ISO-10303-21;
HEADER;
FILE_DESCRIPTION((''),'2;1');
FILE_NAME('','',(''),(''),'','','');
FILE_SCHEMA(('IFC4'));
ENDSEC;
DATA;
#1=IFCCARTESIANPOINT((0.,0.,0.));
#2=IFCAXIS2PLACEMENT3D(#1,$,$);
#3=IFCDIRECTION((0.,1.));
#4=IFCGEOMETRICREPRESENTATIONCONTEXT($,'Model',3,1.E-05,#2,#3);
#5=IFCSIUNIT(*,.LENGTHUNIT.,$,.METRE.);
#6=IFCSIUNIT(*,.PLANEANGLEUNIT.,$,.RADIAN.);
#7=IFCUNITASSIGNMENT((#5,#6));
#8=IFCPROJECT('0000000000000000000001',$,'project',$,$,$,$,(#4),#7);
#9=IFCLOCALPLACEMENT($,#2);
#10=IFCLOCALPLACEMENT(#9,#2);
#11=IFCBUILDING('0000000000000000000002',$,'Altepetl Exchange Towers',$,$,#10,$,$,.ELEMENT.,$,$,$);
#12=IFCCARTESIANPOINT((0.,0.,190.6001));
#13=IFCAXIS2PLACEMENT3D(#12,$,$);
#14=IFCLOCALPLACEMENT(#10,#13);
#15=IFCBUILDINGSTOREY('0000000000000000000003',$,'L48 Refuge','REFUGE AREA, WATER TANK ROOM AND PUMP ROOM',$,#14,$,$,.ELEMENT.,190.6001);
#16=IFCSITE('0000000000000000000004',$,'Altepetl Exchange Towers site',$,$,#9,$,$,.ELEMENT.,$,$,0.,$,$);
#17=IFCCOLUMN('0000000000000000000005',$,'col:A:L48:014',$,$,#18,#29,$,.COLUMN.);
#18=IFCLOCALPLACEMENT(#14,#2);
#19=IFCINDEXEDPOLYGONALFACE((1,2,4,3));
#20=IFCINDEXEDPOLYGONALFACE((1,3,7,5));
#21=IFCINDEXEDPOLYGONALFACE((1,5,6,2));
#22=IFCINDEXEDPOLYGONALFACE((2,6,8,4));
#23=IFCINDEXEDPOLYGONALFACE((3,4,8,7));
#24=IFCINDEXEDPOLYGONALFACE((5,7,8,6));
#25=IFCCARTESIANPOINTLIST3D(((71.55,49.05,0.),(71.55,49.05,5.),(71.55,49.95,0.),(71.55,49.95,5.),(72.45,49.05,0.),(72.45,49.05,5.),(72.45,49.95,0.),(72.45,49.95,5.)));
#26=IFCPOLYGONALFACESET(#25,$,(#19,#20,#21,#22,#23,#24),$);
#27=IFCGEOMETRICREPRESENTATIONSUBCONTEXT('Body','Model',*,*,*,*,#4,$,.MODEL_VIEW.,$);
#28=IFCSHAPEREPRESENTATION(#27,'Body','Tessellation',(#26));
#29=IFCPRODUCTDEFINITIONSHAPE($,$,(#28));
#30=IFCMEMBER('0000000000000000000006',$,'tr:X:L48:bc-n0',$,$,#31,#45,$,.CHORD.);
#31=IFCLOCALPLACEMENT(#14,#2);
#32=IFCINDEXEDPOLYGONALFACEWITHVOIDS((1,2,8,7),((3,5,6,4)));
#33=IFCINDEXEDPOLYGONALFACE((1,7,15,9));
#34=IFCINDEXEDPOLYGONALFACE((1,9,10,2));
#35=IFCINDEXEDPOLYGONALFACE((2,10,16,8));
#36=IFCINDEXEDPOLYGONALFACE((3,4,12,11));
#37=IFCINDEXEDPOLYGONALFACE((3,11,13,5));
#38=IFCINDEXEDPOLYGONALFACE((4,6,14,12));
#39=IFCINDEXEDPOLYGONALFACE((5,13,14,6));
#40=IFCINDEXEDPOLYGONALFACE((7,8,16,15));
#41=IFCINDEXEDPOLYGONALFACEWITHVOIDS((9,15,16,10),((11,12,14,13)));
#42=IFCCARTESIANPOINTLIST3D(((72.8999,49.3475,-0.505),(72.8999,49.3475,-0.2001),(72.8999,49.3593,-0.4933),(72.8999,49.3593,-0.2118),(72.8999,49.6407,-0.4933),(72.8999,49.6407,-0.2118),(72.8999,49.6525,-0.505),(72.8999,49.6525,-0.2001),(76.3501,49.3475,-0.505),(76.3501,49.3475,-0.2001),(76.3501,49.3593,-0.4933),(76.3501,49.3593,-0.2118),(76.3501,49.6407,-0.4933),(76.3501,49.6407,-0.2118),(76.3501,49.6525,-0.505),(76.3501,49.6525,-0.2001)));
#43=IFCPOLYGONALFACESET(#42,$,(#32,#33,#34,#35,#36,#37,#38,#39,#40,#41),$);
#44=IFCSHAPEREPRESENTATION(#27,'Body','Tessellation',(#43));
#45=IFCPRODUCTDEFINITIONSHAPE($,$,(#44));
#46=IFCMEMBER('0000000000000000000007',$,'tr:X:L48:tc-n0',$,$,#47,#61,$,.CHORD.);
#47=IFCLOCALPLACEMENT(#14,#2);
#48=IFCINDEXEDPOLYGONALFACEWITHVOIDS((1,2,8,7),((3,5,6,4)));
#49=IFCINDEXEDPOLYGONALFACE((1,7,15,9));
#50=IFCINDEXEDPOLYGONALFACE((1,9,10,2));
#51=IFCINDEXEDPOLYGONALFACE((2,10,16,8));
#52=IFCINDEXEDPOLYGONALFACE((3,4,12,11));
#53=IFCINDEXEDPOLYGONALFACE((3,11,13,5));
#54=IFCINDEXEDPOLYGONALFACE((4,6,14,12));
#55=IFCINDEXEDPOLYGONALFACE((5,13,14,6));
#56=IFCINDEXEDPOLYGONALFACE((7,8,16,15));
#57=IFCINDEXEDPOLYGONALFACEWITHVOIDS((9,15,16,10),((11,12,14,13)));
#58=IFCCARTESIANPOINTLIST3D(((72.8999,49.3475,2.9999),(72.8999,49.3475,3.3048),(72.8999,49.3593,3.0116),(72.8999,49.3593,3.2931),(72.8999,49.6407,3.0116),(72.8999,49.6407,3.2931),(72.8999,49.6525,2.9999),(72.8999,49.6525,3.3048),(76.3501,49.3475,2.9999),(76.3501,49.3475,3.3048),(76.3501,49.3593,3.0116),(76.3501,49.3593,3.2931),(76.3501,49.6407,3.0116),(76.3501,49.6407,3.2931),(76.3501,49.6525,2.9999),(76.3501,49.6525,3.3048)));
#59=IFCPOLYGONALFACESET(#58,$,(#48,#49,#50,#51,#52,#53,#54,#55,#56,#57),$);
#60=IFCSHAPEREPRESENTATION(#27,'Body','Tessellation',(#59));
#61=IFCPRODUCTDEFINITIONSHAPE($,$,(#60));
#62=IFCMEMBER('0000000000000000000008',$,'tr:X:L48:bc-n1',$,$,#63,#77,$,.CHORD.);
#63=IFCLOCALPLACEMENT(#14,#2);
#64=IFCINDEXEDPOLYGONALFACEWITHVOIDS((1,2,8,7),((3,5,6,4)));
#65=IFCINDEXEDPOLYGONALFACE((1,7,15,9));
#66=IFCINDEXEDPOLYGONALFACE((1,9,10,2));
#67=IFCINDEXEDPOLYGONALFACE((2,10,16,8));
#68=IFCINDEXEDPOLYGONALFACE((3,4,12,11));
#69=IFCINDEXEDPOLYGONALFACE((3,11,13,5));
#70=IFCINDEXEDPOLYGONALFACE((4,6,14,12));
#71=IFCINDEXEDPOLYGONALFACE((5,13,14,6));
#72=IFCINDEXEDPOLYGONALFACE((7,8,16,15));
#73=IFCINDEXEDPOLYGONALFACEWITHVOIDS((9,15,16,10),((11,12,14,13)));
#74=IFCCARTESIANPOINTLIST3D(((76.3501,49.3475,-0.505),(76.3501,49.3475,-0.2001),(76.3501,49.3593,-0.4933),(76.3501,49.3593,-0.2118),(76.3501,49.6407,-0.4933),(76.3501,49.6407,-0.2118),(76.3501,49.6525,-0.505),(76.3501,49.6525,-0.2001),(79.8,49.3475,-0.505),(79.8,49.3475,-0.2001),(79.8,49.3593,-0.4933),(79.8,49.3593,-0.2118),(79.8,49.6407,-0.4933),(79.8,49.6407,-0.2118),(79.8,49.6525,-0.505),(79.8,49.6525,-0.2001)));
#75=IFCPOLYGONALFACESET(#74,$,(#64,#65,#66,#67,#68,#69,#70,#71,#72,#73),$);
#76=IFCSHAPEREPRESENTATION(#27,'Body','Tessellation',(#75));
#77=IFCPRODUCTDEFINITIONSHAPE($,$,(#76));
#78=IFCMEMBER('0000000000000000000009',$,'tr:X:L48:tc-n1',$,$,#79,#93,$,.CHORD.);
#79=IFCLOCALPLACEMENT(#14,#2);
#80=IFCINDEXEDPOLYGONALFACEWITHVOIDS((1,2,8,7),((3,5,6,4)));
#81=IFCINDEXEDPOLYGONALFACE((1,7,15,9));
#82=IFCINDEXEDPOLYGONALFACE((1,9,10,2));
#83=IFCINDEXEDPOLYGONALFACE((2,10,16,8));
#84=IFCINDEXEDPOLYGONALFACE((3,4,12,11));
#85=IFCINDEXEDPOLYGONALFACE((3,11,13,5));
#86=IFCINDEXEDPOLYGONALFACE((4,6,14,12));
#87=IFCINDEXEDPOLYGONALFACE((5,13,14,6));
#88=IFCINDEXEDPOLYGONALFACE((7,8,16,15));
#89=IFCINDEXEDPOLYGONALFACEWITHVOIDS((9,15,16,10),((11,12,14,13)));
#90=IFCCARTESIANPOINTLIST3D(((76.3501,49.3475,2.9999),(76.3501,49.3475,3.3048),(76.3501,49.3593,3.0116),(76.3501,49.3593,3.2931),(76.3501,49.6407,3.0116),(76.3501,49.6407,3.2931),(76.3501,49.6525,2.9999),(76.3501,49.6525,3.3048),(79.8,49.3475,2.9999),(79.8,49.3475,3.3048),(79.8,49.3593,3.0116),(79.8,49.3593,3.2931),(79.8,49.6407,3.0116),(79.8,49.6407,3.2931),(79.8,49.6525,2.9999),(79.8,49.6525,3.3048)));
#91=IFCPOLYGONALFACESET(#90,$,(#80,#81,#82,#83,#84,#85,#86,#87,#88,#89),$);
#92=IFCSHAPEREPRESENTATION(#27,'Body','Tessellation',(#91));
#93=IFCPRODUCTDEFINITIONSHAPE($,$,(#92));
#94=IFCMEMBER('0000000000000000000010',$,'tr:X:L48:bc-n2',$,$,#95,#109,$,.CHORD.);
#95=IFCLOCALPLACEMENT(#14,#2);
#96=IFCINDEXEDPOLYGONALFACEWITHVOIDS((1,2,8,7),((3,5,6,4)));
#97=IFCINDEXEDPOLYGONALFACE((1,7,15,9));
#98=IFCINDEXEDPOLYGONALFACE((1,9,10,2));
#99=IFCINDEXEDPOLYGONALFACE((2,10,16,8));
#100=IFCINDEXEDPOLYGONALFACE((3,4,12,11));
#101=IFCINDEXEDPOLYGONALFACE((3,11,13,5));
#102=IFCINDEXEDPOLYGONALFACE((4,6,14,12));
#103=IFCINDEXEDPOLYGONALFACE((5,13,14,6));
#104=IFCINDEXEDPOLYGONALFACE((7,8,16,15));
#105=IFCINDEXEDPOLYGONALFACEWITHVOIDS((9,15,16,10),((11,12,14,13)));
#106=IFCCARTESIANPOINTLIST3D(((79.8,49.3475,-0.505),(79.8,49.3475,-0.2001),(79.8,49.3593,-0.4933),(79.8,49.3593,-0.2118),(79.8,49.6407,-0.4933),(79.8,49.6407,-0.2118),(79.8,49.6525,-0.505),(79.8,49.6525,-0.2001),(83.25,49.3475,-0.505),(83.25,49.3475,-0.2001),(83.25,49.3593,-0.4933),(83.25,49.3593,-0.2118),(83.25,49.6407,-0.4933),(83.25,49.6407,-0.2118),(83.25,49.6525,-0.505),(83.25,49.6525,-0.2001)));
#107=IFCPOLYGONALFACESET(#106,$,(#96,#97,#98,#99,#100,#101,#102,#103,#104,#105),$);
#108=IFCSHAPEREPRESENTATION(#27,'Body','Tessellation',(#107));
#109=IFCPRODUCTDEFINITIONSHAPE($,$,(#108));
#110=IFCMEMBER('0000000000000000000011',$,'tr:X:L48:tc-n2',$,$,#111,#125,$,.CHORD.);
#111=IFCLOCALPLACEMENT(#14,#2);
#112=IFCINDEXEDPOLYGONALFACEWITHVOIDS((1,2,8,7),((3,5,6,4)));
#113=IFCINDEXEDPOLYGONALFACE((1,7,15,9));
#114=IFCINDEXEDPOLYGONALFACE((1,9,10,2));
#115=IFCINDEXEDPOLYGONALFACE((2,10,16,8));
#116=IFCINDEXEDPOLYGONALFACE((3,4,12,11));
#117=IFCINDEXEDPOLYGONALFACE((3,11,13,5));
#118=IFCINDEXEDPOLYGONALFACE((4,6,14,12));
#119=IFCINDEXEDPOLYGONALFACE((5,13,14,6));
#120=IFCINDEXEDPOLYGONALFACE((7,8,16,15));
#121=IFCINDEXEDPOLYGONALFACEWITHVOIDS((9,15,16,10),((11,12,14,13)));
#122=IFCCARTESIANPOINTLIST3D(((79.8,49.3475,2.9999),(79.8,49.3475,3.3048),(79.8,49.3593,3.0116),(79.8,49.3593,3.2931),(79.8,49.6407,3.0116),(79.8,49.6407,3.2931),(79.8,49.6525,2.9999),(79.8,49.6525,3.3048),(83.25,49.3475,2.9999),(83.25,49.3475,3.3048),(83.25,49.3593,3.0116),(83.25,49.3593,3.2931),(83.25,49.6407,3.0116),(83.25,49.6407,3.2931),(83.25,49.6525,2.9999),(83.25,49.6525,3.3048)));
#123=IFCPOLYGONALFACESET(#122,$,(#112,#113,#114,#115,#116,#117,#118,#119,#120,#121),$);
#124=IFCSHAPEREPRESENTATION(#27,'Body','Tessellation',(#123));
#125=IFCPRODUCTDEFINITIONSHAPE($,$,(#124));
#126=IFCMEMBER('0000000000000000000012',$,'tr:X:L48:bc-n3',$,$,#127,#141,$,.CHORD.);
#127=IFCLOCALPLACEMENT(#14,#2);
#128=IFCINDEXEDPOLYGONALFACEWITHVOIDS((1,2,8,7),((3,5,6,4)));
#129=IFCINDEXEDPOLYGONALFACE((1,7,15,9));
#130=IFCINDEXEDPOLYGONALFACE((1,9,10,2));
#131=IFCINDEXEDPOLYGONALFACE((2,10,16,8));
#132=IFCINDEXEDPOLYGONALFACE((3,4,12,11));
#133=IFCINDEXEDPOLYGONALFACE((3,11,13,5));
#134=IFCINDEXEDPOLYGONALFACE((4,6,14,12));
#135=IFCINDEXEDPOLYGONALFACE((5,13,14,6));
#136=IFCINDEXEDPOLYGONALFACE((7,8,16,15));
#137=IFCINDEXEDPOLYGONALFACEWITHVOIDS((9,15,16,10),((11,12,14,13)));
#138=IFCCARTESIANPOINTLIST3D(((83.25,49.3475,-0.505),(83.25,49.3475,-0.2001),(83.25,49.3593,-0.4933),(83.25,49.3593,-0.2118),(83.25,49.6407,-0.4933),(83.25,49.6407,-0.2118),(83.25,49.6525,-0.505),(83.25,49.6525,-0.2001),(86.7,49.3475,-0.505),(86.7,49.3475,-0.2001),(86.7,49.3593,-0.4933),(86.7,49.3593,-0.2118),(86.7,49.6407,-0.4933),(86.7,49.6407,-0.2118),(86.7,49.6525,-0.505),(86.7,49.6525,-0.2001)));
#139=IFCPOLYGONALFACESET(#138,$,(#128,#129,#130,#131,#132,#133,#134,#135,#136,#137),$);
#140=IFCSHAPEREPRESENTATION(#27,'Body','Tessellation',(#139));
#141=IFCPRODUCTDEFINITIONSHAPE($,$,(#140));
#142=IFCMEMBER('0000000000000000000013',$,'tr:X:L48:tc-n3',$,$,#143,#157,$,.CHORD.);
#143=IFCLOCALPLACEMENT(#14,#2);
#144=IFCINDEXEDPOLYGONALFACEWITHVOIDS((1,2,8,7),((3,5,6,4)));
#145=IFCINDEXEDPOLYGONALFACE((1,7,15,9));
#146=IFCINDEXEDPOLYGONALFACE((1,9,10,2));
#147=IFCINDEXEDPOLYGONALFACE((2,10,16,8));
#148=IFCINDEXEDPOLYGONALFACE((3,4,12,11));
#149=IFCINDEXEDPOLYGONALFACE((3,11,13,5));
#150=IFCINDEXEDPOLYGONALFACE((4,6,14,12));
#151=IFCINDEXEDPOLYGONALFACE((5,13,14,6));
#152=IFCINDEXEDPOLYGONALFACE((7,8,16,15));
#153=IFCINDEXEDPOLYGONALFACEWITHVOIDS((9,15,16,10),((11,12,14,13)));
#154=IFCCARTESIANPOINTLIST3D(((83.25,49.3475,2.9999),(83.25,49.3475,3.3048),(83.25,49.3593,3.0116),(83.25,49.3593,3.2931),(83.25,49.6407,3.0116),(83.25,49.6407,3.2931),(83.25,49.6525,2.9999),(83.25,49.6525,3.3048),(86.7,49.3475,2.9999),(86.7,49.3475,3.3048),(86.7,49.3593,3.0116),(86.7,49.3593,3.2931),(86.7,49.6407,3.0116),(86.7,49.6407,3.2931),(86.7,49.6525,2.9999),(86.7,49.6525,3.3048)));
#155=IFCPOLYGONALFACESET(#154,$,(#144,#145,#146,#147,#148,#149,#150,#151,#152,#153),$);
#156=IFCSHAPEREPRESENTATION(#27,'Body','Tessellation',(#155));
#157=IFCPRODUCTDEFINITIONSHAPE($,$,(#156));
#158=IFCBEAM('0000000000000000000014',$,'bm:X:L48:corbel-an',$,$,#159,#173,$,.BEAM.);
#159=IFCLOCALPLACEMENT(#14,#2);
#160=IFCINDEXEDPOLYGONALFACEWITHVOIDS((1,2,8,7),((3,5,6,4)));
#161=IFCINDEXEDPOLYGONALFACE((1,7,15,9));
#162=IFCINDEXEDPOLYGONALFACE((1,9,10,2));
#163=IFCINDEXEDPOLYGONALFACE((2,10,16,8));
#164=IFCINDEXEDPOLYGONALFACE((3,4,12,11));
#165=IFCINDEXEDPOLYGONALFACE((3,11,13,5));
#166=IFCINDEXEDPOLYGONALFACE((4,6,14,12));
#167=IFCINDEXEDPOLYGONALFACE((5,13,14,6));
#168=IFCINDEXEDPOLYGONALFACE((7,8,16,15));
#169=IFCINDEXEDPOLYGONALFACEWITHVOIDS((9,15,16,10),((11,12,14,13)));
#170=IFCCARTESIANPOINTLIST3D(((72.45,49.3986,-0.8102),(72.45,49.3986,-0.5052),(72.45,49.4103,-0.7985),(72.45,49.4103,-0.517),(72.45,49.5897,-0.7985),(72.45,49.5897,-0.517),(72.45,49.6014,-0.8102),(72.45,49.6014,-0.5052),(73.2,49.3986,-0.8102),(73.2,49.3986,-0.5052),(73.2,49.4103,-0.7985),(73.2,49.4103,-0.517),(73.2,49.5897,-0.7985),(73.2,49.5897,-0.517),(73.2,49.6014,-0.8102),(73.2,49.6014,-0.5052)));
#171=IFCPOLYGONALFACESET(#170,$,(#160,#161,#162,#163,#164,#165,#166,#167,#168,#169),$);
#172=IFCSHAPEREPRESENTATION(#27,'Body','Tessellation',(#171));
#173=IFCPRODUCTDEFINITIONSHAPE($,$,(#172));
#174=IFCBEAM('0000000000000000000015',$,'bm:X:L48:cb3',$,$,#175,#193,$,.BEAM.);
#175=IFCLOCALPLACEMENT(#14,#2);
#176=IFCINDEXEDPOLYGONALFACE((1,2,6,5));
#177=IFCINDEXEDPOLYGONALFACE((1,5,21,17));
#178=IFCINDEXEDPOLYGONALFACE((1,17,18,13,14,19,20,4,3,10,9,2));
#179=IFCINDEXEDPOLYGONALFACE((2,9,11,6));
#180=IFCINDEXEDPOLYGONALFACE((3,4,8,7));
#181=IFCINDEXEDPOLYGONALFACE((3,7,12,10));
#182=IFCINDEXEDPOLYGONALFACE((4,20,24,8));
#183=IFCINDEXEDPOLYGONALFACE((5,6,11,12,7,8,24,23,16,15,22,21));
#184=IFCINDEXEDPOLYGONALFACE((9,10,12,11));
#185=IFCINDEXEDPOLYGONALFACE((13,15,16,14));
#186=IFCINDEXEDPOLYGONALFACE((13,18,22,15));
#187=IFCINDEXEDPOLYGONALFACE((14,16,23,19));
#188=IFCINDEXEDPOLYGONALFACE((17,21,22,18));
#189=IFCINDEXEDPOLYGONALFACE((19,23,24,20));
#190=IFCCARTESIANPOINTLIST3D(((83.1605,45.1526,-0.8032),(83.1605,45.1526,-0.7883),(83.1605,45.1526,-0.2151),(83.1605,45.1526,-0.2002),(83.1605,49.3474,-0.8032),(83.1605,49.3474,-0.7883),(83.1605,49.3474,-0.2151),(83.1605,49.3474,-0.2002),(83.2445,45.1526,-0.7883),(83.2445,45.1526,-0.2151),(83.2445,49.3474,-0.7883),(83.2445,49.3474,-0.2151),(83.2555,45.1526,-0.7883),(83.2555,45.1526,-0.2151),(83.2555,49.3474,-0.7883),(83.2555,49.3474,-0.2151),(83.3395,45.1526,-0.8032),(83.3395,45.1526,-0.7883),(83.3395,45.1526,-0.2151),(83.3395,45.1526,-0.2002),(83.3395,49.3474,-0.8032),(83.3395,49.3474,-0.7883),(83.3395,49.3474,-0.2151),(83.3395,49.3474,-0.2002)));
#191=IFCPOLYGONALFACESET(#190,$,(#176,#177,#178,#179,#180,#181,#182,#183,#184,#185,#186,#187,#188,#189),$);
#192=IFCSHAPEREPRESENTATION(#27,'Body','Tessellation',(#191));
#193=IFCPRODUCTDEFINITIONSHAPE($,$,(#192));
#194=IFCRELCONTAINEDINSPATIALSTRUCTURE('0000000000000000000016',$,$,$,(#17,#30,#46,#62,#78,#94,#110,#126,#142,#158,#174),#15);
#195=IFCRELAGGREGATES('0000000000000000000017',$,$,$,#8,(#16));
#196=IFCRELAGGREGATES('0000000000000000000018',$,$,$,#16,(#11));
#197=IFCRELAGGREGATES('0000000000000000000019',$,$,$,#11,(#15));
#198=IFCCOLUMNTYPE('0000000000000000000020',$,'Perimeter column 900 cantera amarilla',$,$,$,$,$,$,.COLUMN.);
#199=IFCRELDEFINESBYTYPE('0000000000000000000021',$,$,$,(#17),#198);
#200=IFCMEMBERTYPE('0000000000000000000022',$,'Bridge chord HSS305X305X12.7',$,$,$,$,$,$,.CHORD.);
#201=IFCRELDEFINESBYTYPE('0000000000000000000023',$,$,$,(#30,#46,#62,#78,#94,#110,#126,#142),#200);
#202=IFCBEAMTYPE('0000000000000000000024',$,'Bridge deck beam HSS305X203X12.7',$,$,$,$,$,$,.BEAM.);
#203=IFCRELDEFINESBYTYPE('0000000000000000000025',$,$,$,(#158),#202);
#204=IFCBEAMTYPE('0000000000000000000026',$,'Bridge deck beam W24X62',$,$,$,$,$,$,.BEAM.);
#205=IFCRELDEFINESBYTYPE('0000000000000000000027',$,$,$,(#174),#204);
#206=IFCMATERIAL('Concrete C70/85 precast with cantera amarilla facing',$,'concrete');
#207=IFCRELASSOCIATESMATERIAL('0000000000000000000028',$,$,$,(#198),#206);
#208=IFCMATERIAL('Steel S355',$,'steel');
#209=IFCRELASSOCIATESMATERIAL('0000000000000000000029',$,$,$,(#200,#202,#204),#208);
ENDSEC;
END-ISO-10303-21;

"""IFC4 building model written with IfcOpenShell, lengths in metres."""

from ifc_helpers import new_model, si_unit, direction, frame, origin, origin_2d, place, context, subcontext, project, spatial, rectangle, hollow_rectangle, i_section, extrude, material, material_profile, profile_set, type_object, element, save


model = new_model("IFC4")

# Units and contexts
model_context = context("Model", 3, precision=1e-05, world=origin(), true_north=direction((0.0, 1.0)))
body_context = subcontext(model_context, "Body", "Model", "MODEL_VIEW")
ifc_project = project(units=[si_unit("LENGTHUNIT", "METRE"), si_unit("PLANEANGLEUNIT", "RADIAN")], contexts=[model_context])

# Site, building, storey
site_placement = place(None, origin())
site = spatial("IfcSite", under=ifc_project, at=site_placement, Name="Altepetl Exchange Towers site", CompositionType="ELEMENT", RefElevation=0.0)
building_placement = place(site_placement, origin())
building = spatial("IfcBuilding", under=site, at=building_placement, Name="Altepetl Exchange Towers", CompositionType="ELEMENT")
storey_placement = place(building_placement, frame((0.0, 0.0, 190.6001)))
storey = spatial("IfcBuildingStorey", under=building, at=storey_placement, Name="L48 Refuge", Description="REFUGE AREA, WATER TANK ROOM AND PUMP ROOM", CompositionType="ELEMENT", Elevation=190.6001)

# Column
ifc_material_1 = material(Name="Concrete C70/85 precast with cantera amarilla facing", Category="concrete")
ifc_material_profile_1 = material_profile(ifc_material_1, rectangle(XDim=0.8999, YDim=0.8999, at=origin_2d()), Name="900 x 900")
ifc_profile_set_1 = profile_set([ifc_material_profile_1], Name="Concrete C70/85 precast with cantera amarilla facing")
column_type = type_object("IfcColumnType", Name="Perimeter column 900 cantera amarilla", PredefinedType="COLUMN", material=ifc_profile_set_1)
column_placement = place(storey_placement, frame((72.0, 49.5, 0.0)))
element("IfcColumn", 1, at=column_placement, inside=storey, type_object=column_type, Name="col:A:L48:014", PredefinedType="COLUMN", context=body_context, shape_type="SweptSolid", body=[
    extrude(rectangle(XDim=0.8999, YDim=0.8999, at=origin_2d()), origin(), (0.0, 0.0, 1.0), 5.0),
])

# Members
ifc_material_2 = material(Name="Steel S355", Category="steel")
ifc_material_profile_2 = material_profile(ifc_material_2, hollow_rectangle(XDim=0.3049, YDim=0.3049, WallThickness=0.0117, at=origin_2d()), Name="HSS305X305X12.7")
ifc_profile_set_2 = profile_set([ifc_material_profile_2], Name="Steel S355")
member_type_1 = type_object("IfcMemberType", Name="Bridge chord HSS305X305X12.7", PredefinedType="CHORD", material=ifc_profile_set_2)
for number, where, z_axis, x_axis, name in (
    (2, (72.8999, 49.5, -0.3525), (1.0, 0.0, 0.0), (0.0, 1.0, 0.0), "tr:X:L48:bc-n0"),
    (3, (72.8999, 49.5, 3.1523), (1.0, 0.0, 0.0), (0.0, 1.0, 0.0), "tr:X:L48:tc-n0"),
):
    element("IfcMember", number, at=place(storey_placement, frame(where, z_axis=z_axis, x_axis=x_axis)), inside=storey, type_object=member_type_1, Name=name, PredefinedType="CHORD", context=body_context, shape_type="SweptSolid", body=[
        extrude(hollow_rectangle(XDim=0.3049, YDim=0.3049, WallThickness=0.0117, at=origin_2d()), origin(), (0.0, 0.0, 1.0), 3.4502),
    ])
for number, where, z_axis, x_axis, name in (
    (4, (76.3501, 49.5, -0.3525), (1.0, 0.0, 0.0), (0.0, 1.0, 0.0), "tr:X:L48:bc-n1"),
    (5, (76.3501, 49.5, 3.1523), (1.0, 0.0, 0.0), (0.0, 1.0, 0.0), "tr:X:L48:tc-n1"),
    (6, (79.8, 49.5, -0.3525), (1.0, 0.0, 0.0), (0.0, 1.0, 0.0), "tr:X:L48:bc-n2"),
    (7, (79.8, 49.5, 3.1523), (1.0, 0.0, 0.0), (0.0, 1.0, 0.0), "tr:X:L48:tc-n2"),
    (8, (83.25, 49.5, -0.3525), (1.0, 0.0, 0.0), (0.0, 1.0, 0.0), "tr:X:L48:bc-n3"),
    (9, (83.25, 49.5, 3.1523), (1.0, 0.0, 0.0), (0.0, 1.0, 0.0), "tr:X:L48:tc-n3"),
):
    element("IfcMember", number, at=place(storey_placement, frame(where, z_axis=z_axis, x_axis=x_axis)), inside=storey, type_object=member_type_1, Name=name, PredefinedType="CHORD", context=body_context, shape_type="SweptSolid", body=[
        extrude(hollow_rectangle(XDim=0.3049, YDim=0.3049, WallThickness=0.0117, at=origin_2d()), origin(), (0.0, 0.0, 1.0), 3.45),
    ])

# Beams
ifc_material_profile_3 = material_profile(ifc_material_2, hollow_rectangle(XDim=0.2029, YDim=0.3049, WallThickness=0.0117, at=origin_2d()), Name="HSS305X203X12.7")
ifc_profile_set_3 = profile_set([ifc_material_profile_3], Name="Steel S355")
beam_type_1 = type_object("IfcBeamType", Name="Bridge deck beam HSS305X203X12.7", PredefinedType="BEAM", material=ifc_profile_set_3)
beam_1_placement = place(storey_placement, frame((72.45, 49.5, -0.6577), z_axis=(1.0, 0.0, 0.0), x_axis=(0.0, 1.0, 0.0)))
element("IfcBeam", 10, at=beam_1_placement, inside=storey, type_object=beam_type_1, Name="bm:X:L48:corbel-an", PredefinedType="BEAM", context=body_context, shape_type="SweptSolid", body=[
    extrude(hollow_rectangle(XDim=0.2029, YDim=0.3049, WallThickness=0.0117, at=origin_2d()), origin(), (0.0, 0.0, 1.0), 0.75),
])
ifc_material_profile_4 = material_profile(ifc_material_2, i_section(OverallWidth=0.179, OverallDepth=0.603, WebThickness=0.011, FlangeThickness=0.0149, at=origin_2d()), Name="W24X62")
ifc_profile_set_4 = profile_set([ifc_material_profile_4], Name="Steel S355")
beam_type_2 = type_object("IfcBeamType", Name="Bridge deck beam W24X62", PredefinedType="BEAM", material=ifc_profile_set_4)
beam_2_placement = place(storey_placement, frame((83.25, 45.1526, -0.5017), z_axis=(0.0, 1.0, 0.0), x_axis=(-1.0, 0.0, 0.0)))
element("IfcBeam", 11, at=beam_2_placement, inside=storey, type_object=beam_type_2, Name="bm:X:L48:cb3", PredefinedType="BEAM", context=body_context, shape_type="SweptSolid", body=[
    extrude(i_section(OverallWidth=0.179, OverallDepth=0.603, WebThickness=0.011, FlangeThickness=0.0149, at=origin_2d()), origin(), (0.0, 0.0, 1.0), 4.1948),
])

save(model, "model.ifc")
